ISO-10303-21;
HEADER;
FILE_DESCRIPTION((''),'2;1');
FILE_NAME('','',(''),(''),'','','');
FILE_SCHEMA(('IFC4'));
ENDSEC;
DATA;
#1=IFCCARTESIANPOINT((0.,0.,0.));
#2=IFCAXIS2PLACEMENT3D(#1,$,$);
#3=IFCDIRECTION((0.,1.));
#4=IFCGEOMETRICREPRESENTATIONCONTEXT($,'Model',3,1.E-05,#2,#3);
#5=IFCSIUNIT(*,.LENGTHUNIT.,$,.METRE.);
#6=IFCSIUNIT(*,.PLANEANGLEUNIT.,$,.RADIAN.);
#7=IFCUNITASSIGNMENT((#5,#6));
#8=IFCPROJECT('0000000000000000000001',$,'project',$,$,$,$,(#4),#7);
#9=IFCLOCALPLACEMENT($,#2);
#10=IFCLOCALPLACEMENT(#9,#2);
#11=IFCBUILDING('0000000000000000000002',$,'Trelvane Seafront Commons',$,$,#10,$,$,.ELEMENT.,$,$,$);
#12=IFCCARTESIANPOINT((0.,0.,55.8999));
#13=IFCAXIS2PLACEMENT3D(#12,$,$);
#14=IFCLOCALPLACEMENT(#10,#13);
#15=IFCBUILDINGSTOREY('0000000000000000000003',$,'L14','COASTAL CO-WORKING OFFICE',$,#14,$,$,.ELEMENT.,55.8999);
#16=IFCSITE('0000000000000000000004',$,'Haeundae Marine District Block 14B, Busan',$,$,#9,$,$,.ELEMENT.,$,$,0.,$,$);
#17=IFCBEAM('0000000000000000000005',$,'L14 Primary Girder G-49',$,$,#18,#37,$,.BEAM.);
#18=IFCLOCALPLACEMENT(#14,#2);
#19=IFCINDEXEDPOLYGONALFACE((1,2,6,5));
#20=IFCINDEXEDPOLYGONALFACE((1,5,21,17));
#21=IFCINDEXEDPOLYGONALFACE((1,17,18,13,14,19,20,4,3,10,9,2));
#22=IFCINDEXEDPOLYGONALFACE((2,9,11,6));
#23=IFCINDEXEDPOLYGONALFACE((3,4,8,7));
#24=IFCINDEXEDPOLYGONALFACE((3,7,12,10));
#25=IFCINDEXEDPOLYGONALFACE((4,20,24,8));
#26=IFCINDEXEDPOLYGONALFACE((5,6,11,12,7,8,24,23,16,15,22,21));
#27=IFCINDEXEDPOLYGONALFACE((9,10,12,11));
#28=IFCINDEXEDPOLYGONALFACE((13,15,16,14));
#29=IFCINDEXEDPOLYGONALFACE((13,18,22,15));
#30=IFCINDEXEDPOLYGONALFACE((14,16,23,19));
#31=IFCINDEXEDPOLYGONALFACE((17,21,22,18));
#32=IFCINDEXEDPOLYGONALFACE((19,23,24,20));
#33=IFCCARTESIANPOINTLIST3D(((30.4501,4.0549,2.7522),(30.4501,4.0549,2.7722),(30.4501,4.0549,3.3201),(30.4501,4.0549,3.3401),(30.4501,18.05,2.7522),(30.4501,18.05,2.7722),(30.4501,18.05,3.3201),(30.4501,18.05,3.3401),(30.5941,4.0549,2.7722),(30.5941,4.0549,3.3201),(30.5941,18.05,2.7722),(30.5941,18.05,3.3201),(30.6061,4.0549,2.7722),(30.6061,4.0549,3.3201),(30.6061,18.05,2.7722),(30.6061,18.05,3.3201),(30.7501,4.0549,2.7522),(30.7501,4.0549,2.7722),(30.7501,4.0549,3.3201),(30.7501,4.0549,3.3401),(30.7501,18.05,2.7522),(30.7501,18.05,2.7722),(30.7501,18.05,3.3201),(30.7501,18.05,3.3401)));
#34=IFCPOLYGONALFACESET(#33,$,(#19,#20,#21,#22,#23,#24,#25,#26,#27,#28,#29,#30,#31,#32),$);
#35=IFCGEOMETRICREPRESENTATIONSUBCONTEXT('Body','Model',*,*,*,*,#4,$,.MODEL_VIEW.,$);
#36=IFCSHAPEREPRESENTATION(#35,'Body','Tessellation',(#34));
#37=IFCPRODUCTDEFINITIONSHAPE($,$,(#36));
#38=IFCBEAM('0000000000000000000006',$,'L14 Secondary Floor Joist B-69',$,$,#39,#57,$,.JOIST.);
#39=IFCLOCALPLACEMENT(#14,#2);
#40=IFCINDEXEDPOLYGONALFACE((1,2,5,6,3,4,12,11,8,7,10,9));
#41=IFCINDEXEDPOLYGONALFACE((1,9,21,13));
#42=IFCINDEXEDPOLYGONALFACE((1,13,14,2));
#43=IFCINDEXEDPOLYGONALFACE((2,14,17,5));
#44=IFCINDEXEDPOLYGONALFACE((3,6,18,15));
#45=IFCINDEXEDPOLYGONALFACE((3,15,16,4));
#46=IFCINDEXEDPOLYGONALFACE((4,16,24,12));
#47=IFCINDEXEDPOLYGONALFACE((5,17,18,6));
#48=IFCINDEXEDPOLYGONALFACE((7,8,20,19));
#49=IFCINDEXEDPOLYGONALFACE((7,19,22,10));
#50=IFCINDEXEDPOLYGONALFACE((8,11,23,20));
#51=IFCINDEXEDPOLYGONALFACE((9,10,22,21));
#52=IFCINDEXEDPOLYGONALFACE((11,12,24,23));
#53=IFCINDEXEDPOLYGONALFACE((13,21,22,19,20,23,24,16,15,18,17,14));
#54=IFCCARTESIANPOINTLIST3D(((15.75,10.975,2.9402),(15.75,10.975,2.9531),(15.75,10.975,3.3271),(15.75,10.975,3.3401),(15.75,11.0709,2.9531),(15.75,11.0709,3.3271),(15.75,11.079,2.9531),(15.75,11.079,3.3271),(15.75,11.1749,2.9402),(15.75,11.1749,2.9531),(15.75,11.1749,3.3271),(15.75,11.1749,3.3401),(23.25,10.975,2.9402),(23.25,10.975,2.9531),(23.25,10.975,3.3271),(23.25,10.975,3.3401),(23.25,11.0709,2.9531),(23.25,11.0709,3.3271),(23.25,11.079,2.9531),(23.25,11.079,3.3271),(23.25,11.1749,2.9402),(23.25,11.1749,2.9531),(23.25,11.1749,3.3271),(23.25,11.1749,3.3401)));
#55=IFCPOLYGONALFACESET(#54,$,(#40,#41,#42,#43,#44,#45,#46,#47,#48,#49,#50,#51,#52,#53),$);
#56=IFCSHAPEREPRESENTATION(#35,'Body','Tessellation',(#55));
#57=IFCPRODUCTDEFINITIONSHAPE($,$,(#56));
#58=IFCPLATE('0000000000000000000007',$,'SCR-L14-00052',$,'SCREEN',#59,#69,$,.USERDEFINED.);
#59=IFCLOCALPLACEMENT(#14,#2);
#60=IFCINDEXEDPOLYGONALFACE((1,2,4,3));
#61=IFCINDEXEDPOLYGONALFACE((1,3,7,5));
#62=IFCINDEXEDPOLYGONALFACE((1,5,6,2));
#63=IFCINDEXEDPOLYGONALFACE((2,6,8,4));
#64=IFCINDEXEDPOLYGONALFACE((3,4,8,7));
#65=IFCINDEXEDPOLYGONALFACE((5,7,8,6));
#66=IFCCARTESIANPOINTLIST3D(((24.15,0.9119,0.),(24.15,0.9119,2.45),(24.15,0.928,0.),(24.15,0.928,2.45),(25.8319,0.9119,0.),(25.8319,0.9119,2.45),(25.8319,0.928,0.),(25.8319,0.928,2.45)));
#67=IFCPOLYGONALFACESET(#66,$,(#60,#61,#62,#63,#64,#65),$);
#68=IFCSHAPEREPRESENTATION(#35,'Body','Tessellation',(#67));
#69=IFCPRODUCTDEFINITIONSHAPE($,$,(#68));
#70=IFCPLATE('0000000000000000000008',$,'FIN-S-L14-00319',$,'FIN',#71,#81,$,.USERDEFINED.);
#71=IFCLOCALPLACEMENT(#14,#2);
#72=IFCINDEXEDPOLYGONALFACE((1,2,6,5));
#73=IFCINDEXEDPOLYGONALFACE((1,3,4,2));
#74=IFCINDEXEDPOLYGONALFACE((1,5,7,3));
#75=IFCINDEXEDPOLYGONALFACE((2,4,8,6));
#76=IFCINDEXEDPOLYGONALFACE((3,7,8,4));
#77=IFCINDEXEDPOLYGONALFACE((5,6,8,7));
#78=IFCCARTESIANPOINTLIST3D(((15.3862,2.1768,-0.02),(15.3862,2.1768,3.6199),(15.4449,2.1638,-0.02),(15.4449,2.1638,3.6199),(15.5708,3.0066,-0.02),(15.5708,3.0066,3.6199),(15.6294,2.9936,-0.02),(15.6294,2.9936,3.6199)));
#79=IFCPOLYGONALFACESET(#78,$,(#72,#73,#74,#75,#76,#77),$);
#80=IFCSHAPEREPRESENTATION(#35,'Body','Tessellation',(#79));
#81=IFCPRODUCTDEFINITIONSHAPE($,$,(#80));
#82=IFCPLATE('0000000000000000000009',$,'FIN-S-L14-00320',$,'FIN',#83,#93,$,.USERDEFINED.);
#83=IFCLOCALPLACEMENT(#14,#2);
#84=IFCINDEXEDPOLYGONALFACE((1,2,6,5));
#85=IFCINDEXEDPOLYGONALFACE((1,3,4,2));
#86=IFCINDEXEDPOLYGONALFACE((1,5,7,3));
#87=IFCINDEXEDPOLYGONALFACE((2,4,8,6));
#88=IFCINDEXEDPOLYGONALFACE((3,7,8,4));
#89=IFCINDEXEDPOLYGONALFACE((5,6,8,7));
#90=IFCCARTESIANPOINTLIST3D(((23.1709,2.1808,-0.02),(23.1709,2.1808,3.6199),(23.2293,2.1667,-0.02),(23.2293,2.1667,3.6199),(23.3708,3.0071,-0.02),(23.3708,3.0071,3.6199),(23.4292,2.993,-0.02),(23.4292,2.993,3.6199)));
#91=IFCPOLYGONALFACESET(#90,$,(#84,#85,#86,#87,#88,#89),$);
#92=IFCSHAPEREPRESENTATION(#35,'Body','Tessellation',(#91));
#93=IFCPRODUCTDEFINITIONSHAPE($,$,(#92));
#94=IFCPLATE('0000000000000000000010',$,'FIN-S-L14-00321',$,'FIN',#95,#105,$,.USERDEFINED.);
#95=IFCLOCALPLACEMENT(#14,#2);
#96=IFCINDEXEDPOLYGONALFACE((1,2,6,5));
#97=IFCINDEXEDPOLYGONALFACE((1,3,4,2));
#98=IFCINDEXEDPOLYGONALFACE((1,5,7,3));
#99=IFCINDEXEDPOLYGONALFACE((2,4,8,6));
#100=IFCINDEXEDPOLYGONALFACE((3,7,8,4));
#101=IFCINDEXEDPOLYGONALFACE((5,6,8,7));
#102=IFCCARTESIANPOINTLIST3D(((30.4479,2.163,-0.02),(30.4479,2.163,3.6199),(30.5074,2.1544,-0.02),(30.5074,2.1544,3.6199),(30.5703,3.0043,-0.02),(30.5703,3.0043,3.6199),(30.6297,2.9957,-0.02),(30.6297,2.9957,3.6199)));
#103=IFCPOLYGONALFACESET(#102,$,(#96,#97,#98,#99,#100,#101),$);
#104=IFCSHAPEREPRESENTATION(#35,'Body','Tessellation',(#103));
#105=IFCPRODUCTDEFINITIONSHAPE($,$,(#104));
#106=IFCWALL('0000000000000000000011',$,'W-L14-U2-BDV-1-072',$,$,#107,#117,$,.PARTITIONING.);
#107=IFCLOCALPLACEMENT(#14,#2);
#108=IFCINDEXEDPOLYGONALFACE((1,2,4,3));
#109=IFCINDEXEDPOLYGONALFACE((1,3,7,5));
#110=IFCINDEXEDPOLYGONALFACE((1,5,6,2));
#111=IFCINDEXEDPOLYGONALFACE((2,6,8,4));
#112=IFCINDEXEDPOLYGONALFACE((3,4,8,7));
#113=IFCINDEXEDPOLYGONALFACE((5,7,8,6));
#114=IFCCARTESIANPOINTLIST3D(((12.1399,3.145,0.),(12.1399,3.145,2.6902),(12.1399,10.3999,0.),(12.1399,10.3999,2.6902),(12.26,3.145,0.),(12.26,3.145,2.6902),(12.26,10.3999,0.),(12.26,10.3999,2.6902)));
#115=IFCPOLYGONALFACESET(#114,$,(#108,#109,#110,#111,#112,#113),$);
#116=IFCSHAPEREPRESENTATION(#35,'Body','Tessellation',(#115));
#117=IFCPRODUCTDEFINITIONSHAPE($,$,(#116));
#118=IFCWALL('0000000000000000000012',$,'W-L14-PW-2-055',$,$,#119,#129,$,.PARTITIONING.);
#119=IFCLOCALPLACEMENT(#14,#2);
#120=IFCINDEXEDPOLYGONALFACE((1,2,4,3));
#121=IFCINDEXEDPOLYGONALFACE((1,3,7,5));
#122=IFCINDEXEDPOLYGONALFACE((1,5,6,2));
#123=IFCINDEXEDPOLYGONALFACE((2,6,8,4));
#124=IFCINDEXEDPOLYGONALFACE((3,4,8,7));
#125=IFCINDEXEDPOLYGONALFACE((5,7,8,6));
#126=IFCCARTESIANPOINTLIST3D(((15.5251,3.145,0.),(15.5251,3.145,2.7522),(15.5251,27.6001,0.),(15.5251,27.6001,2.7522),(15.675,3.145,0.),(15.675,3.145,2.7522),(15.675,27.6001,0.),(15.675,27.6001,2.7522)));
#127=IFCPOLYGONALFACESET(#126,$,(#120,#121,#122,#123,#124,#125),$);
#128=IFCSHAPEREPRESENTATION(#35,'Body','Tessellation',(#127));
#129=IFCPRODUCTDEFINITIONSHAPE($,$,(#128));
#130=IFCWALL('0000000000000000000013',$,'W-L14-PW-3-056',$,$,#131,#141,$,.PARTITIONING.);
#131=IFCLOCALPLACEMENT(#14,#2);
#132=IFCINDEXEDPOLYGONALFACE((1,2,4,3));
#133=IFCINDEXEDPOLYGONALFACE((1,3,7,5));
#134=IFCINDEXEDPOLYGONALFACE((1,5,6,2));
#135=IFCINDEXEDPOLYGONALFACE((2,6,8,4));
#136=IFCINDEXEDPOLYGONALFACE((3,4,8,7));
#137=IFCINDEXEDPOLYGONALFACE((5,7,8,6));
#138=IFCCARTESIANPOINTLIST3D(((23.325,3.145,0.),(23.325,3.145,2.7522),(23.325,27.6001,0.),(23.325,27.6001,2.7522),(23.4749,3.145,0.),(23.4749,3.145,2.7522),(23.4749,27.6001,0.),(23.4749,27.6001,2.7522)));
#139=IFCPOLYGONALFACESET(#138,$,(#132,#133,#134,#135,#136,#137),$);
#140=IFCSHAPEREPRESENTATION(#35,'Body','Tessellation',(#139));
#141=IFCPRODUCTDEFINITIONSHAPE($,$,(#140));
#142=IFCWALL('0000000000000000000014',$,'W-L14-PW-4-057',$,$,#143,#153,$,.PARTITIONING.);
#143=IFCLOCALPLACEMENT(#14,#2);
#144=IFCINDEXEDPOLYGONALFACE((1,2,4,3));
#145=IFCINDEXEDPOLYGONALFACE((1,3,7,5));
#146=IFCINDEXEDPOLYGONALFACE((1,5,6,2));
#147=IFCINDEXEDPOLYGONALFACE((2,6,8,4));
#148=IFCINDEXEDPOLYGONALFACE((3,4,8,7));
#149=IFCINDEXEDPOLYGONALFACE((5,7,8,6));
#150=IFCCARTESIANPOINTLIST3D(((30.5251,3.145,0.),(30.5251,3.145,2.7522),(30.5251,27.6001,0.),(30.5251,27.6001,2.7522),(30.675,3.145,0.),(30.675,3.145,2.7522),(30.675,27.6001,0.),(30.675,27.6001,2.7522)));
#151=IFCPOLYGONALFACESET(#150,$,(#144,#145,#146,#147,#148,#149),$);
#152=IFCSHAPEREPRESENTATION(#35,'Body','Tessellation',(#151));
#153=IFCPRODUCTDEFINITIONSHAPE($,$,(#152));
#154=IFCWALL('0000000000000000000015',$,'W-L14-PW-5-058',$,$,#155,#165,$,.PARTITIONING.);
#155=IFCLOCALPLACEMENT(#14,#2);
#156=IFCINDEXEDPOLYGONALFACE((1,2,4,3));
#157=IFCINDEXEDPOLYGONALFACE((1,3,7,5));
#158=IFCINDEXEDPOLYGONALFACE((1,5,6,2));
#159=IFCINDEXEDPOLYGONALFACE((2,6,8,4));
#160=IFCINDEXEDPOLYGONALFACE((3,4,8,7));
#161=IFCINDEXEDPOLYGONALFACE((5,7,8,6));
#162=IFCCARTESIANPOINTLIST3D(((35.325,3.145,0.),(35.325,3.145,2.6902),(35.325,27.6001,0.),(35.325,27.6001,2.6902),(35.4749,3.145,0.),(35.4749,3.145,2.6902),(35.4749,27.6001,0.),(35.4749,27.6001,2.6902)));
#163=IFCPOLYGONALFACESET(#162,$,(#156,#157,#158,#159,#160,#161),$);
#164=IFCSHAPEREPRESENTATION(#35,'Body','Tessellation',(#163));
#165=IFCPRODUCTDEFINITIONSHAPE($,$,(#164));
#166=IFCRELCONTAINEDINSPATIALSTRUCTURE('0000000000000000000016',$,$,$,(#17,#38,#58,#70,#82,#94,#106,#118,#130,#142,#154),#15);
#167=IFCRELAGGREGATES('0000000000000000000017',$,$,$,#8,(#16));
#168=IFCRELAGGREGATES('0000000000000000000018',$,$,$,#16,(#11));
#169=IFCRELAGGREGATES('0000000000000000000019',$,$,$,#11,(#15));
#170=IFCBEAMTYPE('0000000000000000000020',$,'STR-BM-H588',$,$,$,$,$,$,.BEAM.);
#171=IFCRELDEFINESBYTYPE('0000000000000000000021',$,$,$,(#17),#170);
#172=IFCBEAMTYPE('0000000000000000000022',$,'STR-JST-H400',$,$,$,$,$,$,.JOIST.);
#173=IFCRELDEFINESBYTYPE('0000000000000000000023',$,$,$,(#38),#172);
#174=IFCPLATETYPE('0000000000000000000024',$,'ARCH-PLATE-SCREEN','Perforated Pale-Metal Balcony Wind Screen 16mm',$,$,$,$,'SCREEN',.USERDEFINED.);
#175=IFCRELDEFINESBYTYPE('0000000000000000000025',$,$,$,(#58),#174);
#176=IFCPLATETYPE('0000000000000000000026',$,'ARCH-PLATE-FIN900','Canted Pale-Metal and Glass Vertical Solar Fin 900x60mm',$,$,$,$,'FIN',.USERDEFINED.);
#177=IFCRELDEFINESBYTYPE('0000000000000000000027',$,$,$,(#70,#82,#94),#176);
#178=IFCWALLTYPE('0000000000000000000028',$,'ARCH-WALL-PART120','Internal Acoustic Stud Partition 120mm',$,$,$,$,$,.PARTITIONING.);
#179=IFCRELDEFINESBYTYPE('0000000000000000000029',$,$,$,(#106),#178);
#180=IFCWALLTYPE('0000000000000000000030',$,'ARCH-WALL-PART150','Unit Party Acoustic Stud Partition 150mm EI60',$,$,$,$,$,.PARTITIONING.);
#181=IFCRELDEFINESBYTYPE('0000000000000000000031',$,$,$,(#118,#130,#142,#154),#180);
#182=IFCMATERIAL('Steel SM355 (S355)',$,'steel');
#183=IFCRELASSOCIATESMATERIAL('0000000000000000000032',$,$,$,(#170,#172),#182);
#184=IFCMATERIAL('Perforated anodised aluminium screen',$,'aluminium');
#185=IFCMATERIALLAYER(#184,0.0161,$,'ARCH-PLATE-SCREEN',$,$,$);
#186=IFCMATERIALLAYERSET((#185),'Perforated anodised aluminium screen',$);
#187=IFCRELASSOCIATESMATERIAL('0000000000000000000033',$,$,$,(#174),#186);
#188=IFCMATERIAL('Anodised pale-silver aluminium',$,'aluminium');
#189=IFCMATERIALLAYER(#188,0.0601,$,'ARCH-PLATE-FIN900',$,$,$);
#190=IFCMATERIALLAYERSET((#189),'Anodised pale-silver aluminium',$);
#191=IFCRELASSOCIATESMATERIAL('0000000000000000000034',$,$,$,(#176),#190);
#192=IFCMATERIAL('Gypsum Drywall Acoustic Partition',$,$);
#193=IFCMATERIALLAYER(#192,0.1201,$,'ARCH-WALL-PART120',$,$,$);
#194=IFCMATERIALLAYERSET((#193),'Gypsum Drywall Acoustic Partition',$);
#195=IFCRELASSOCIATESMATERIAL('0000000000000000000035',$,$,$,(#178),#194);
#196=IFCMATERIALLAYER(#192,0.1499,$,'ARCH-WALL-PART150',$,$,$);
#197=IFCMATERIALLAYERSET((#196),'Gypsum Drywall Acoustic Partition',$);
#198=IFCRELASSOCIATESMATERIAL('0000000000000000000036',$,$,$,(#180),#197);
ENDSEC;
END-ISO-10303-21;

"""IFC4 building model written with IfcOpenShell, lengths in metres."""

from ifc_helpers import new_model, si_unit, direction, frame, frame_2d, origin, origin_2d, place, context, subcontext, project, spatial, rectangle, i_section, extrude, source, transform, mapped, material, layer, layer_set, material_profile, profile_set, type_object, element, save


model = new_model("IFC4")

# Units and contexts
model_context = context("Model", 3, precision=1e-05, world=origin(), true_north=direction((0.0, 1.0)))
body_context = subcontext(model_context, "Body", "Model", "MODEL_VIEW")
ifc_project = project(units=[si_unit("LENGTHUNIT", "METRE"), si_unit("PLANEANGLEUNIT", "RADIAN")], contexts=[model_context])

# Site, building, storey
site_placement = place(None, origin())
site = spatial("IfcSite", under=ifc_project, at=site_placement, Name="Haeundae Marine District Block 14B, Busan", CompositionType="ELEMENT", RefElevation=0.0)
building_placement = place(site_placement, origin())
building = spatial("IfcBuilding", under=site, at=building_placement, Name="Trelvane Seafront Commons", CompositionType="ELEMENT")
storey_placement = place(building_placement, frame((0.0, 0.0, 55.8999)))
storey = spatial("IfcBuildingStorey", under=building, at=storey_placement, Name="L14", Description="COASTAL CO-WORKING OFFICE", CompositionType="ELEMENT", Elevation=55.8999)

# Shared definitions
ifc_material_1 = material(Name="Steel SM355 (S355)", Category="steel")

# Beams
ifc_material_profile_1 = material_profile(ifc_material_1, i_section(OverallWidth=0.3, OverallDepth=0.5879, WebThickness=0.012, FlangeThickness=0.02, at=origin_2d()), Name="H-588x300x12x20")
ifc_profile_set_1 = profile_set([ifc_material_profile_1], Name="Steel SM355 (S355)")
beam_type_1 = type_object("IfcBeamType", Name="STR-BM-H588", PredefinedType="BEAM", material=ifc_profile_set_1)
shared_shape_1 = source(origin(), body_context, "Body", "SweptSolid", [
    extrude(i_section(OverallWidth=0.3, OverallDepth=0.5879, WebThickness=0.012, FlangeThickness=0.02, at=origin_2d()), origin(), (0.0, 0.0, 1.0), 13.9951),
])
for number, where, z_axis, x_axis, name in (
    (1, (30.6001, 4.0549, 3.0461), (0.0, 1.0, 0.0), (-1.0, 0.0, 0.0), "L14 Primary Girder G-49"),
):
    element("IfcBeam", number, at=place(storey_placement, frame(where, z_axis=z_axis, x_axis=x_axis)), inside=storey, type_object=beam_type_1, Name=name, PredefinedType="BEAM", context=body_context, shape_type="MappedRepresentation", body=[
        mapped(shared_shape_1, transform((0.0, 0.0, 0.0), x_axis=(1.0, 0.0, 0.0), y_axis=(0.0, 1.0, 0.0), z_axis=(0.0, 0.0, 1.0), scale=1.0)),
    ])
ifc_material_profile_2 = material_profile(ifc_material_1, i_section(OverallWidth=0.2, OverallDepth=0.3999, WebThickness=0.0081, FlangeThickness=0.0129, at=origin_2d()), Name="H-400x200x8x13")
ifc_profile_set_2 = profile_set([ifc_material_profile_2], Name="Steel SM355 (S355)")
beam_type_2 = type_object("IfcBeamType", Name="STR-JST-H400", PredefinedType="JOIST", material=ifc_profile_set_2)
shared_shape_2 = source(origin(), body_context, "Body", "SweptSolid", [
    extrude(i_section(OverallWidth=0.2, OverallDepth=0.3999, WebThickness=0.0081, FlangeThickness=0.0129, at=origin_2d()), origin(), (0.0, 0.0, 1.0), 7.5),
])
beam_1_placement = place(storey_placement, frame((15.75, 11.075, 3.1401), z_axis=(1.0, 0.0, 0.0), x_axis=(0.0, 1.0, 0.0)))
element("IfcBeam", 2, at=beam_1_placement, inside=storey, type_object=beam_type_2, Name="L14 Secondary Floor Joist B-69", PredefinedType="JOIST", context=body_context, shape_type="MappedRepresentation", body=[
    mapped(shared_shape_2, transform((0.0, 0.0, 0.0), x_axis=(1.0, 0.0, 0.0), y_axis=(0.0, 1.0, 0.0), z_axis=(0.0, 0.0, 1.0), scale=1.0)),
])

# Plates
ifc_material_2 = material(Name="Perforated anodised aluminium screen", Category="aluminium")
ifc_layer_1 = layer(ifc_material_2, 0.0161, Name="ARCH-PLATE-SCREEN")
ifc_layer_set_1 = layer_set([ifc_layer_1], Name="Perforated anodised aluminium screen")
plate_type_1 = type_object("IfcPlateType", Name="ARCH-PLATE-SCREEN", Description="Perforated Pale-Metal Balcony Wind Screen 16mm", ElementType="SCREEN", PredefinedType="USERDEFINED", material=ifc_layer_set_1)
shared_shape_3 = source(origin(), body_context, "Body", "SweptSolid", [
    extrude(rectangle(XDim=1.6819, YDim=0.0161, at=origin_2d()), origin(), (0.0, 0.0, 1.0), 2.45),
])
plate_placement = place(storey_placement, frame((24.991, 0.9199, 0.0), z_axis=(0.0, 0.0, 1.0), x_axis=(1.0, 0.0, 0.0)))
element("IfcPlate", 3, at=plate_placement, inside=storey, type_object=plate_type_1, Name="SCR-L14-00052", ObjectType="SCREEN", PredefinedType="USERDEFINED", context=body_context, shape_type="MappedRepresentation", body=[
    mapped(shared_shape_3, transform((0.0, 0.0, 0.0), x_axis=(1.0, 0.0, 0.0), y_axis=(0.0, 1.0, 0.0), z_axis=(0.0, 0.0, 1.0), scale=1.0)),
])
ifc_material_3 = material(Name="Anodised pale-silver aluminium", Category="aluminium")
ifc_layer_2 = layer(ifc_material_3, 0.0601, Name="ARCH-PLATE-FIN900")
ifc_layer_set_2 = layer_set([ifc_layer_2], Name="Anodised pale-silver aluminium")
plate_type_2 = type_object("IfcPlateType", Name="ARCH-PLATE-FIN900", Description="Canted Pale-Metal and Glass Vertical Solar Fin 900x60mm", ElementType="FIN", PredefinedType="USERDEFINED", material=ifc_layer_set_2)
shared_shape_4 = source(origin(), body_context, "Body", "SweptSolid", [
    extrude(rectangle(XDim=0.8501, YDim=0.0601, at=origin_2d()), origin(), (0.0, 0.0, 1.0), 3.6399),
])
for number, where, z_axis, x_axis, name in (
    (4, (15.5078, 2.5852, -0.02), (0.0, 0.0, 1.0), (-0.217068, -0.976156, 0.0), "FIN-S-L14-00319"),
    (5, (23.3, 2.5869, -0.02), (0.0, 0.0, 1.0), (-0.235166, -0.971955, 0.0), "FIN-S-L14-00320"),
    (6, (30.5388, 2.5793, -0.02), (0.0, 0.0, 1.0), (-0.143874, -0.989596, 0.0), "FIN-S-L14-00321"),
):
    element("IfcPlate", number, at=place(storey_placement, frame(where, z_axis=z_axis, x_axis=x_axis)), inside=storey, type_object=plate_type_2, Name=name, ObjectType="FIN", PredefinedType="USERDEFINED", context=body_context, shape_type="MappedRepresentation", body=[
        mapped(shared_shape_4, transform((0.0, 0.0, 0.0), x_axis=(1.0, 0.0, 0.0), y_axis=(0.0, 1.0, 0.0), z_axis=(0.0, 0.0, 1.0), scale=1.0)),
    ])

# Shared definitions
ifc_material_4 = material(Name="Gypsum Drywall Acoustic Partition")
ifc_layer_3 = layer(ifc_material_4, 0.1201, Name="ARCH-WALL-PART120")
ifc_layer_set_3 = layer_set([ifc_layer_3], Name="Gypsum Drywall Acoustic Partition")
wall_type_1 = type_object("IfcWallType", Name="ARCH-WALL-PART120", Description="Internal Acoustic Stud Partition 120mm", PredefinedType="PARTITIONING", material=ifc_layer_set_3)

# Walls
wall_1_placement = place(storey_placement, frame((12.2, 3.145, 0.0), z_axis=(0.0, 0.0, 1.0), x_axis=(0.0, 1.0, 0.0)))
element("IfcWall", 7, at=wall_1_placement, inside=storey, type_object=wall_type_1, Name="W-L14-U2-BDV-1-072", PredefinedType="PARTITIONING", context=body_context, shape_type="SweptSolid", body=[
    extrude(rectangle(XDim=7.2549, YDim=0.1201, at=frame_2d((3.6274, 0.0))), origin(), (0.0, 0.0, 1.0), 2.6902),
])
ifc_layer_4 = layer(ifc_material_4, 0.1499, Name="ARCH-WALL-PART150")
ifc_layer_set_4 = layer_set([ifc_layer_4], Name="Gypsum Drywall Acoustic Partition")
wall_type_2 = type_object("IfcWallType", Name="ARCH-WALL-PART150", Description="Unit Party Acoustic Stud Partition 150mm EI60", PredefinedType="PARTITIONING", material=ifc_layer_set_4)
for number, where, z_axis, x_axis, name in (
    (8, (15.6001, 3.145, 0.0), (0.0, 0.0, 1.0), (0.0, 1.0, 0.0), "W-L14-PW-2-055"),
    (9, (23.3999, 3.145, 0.0), (0.0, 0.0, 1.0), (0.0, 1.0, 0.0), "W-L14-PW-3-056"),
    (10, (30.6001, 3.145, 0.0), (0.0, 0.0, 1.0), (0.0, 1.0, 0.0), "W-L14-PW-4-057"),
):
    element("IfcWall", number, at=place(storey_placement, frame(where, z_axis=z_axis, x_axis=x_axis)), inside=storey, type_object=wall_type_2, Name=name, PredefinedType="PARTITIONING", context=body_context, shape_type="SweptSolid", body=[
        extrude(rectangle(XDim=24.4551, YDim=0.1499, at=frame_2d((12.2275, 0.0))), origin(), (0.0, 0.0, 1.0), 2.7522),
    ])
wall_2_placement = place(storey_placement, frame((35.3999, 3.145, 0.0), z_axis=(0.0, 0.0, 1.0), x_axis=(0.0, 1.0, 0.0)))
element("IfcWall", 11, at=wall_2_placement, inside=storey, type_object=wall_type_2, Name="W-L14-PW-5-058", PredefinedType="PARTITIONING", context=body_context, shape_type="SweptSolid", body=[
    extrude(rectangle(XDim=24.4551, YDim=0.1499, at=frame_2d((12.2275, 0.0))), origin(), (0.0, 0.0, 1.0), 2.6902),
])

save(model, "model.ifc")
